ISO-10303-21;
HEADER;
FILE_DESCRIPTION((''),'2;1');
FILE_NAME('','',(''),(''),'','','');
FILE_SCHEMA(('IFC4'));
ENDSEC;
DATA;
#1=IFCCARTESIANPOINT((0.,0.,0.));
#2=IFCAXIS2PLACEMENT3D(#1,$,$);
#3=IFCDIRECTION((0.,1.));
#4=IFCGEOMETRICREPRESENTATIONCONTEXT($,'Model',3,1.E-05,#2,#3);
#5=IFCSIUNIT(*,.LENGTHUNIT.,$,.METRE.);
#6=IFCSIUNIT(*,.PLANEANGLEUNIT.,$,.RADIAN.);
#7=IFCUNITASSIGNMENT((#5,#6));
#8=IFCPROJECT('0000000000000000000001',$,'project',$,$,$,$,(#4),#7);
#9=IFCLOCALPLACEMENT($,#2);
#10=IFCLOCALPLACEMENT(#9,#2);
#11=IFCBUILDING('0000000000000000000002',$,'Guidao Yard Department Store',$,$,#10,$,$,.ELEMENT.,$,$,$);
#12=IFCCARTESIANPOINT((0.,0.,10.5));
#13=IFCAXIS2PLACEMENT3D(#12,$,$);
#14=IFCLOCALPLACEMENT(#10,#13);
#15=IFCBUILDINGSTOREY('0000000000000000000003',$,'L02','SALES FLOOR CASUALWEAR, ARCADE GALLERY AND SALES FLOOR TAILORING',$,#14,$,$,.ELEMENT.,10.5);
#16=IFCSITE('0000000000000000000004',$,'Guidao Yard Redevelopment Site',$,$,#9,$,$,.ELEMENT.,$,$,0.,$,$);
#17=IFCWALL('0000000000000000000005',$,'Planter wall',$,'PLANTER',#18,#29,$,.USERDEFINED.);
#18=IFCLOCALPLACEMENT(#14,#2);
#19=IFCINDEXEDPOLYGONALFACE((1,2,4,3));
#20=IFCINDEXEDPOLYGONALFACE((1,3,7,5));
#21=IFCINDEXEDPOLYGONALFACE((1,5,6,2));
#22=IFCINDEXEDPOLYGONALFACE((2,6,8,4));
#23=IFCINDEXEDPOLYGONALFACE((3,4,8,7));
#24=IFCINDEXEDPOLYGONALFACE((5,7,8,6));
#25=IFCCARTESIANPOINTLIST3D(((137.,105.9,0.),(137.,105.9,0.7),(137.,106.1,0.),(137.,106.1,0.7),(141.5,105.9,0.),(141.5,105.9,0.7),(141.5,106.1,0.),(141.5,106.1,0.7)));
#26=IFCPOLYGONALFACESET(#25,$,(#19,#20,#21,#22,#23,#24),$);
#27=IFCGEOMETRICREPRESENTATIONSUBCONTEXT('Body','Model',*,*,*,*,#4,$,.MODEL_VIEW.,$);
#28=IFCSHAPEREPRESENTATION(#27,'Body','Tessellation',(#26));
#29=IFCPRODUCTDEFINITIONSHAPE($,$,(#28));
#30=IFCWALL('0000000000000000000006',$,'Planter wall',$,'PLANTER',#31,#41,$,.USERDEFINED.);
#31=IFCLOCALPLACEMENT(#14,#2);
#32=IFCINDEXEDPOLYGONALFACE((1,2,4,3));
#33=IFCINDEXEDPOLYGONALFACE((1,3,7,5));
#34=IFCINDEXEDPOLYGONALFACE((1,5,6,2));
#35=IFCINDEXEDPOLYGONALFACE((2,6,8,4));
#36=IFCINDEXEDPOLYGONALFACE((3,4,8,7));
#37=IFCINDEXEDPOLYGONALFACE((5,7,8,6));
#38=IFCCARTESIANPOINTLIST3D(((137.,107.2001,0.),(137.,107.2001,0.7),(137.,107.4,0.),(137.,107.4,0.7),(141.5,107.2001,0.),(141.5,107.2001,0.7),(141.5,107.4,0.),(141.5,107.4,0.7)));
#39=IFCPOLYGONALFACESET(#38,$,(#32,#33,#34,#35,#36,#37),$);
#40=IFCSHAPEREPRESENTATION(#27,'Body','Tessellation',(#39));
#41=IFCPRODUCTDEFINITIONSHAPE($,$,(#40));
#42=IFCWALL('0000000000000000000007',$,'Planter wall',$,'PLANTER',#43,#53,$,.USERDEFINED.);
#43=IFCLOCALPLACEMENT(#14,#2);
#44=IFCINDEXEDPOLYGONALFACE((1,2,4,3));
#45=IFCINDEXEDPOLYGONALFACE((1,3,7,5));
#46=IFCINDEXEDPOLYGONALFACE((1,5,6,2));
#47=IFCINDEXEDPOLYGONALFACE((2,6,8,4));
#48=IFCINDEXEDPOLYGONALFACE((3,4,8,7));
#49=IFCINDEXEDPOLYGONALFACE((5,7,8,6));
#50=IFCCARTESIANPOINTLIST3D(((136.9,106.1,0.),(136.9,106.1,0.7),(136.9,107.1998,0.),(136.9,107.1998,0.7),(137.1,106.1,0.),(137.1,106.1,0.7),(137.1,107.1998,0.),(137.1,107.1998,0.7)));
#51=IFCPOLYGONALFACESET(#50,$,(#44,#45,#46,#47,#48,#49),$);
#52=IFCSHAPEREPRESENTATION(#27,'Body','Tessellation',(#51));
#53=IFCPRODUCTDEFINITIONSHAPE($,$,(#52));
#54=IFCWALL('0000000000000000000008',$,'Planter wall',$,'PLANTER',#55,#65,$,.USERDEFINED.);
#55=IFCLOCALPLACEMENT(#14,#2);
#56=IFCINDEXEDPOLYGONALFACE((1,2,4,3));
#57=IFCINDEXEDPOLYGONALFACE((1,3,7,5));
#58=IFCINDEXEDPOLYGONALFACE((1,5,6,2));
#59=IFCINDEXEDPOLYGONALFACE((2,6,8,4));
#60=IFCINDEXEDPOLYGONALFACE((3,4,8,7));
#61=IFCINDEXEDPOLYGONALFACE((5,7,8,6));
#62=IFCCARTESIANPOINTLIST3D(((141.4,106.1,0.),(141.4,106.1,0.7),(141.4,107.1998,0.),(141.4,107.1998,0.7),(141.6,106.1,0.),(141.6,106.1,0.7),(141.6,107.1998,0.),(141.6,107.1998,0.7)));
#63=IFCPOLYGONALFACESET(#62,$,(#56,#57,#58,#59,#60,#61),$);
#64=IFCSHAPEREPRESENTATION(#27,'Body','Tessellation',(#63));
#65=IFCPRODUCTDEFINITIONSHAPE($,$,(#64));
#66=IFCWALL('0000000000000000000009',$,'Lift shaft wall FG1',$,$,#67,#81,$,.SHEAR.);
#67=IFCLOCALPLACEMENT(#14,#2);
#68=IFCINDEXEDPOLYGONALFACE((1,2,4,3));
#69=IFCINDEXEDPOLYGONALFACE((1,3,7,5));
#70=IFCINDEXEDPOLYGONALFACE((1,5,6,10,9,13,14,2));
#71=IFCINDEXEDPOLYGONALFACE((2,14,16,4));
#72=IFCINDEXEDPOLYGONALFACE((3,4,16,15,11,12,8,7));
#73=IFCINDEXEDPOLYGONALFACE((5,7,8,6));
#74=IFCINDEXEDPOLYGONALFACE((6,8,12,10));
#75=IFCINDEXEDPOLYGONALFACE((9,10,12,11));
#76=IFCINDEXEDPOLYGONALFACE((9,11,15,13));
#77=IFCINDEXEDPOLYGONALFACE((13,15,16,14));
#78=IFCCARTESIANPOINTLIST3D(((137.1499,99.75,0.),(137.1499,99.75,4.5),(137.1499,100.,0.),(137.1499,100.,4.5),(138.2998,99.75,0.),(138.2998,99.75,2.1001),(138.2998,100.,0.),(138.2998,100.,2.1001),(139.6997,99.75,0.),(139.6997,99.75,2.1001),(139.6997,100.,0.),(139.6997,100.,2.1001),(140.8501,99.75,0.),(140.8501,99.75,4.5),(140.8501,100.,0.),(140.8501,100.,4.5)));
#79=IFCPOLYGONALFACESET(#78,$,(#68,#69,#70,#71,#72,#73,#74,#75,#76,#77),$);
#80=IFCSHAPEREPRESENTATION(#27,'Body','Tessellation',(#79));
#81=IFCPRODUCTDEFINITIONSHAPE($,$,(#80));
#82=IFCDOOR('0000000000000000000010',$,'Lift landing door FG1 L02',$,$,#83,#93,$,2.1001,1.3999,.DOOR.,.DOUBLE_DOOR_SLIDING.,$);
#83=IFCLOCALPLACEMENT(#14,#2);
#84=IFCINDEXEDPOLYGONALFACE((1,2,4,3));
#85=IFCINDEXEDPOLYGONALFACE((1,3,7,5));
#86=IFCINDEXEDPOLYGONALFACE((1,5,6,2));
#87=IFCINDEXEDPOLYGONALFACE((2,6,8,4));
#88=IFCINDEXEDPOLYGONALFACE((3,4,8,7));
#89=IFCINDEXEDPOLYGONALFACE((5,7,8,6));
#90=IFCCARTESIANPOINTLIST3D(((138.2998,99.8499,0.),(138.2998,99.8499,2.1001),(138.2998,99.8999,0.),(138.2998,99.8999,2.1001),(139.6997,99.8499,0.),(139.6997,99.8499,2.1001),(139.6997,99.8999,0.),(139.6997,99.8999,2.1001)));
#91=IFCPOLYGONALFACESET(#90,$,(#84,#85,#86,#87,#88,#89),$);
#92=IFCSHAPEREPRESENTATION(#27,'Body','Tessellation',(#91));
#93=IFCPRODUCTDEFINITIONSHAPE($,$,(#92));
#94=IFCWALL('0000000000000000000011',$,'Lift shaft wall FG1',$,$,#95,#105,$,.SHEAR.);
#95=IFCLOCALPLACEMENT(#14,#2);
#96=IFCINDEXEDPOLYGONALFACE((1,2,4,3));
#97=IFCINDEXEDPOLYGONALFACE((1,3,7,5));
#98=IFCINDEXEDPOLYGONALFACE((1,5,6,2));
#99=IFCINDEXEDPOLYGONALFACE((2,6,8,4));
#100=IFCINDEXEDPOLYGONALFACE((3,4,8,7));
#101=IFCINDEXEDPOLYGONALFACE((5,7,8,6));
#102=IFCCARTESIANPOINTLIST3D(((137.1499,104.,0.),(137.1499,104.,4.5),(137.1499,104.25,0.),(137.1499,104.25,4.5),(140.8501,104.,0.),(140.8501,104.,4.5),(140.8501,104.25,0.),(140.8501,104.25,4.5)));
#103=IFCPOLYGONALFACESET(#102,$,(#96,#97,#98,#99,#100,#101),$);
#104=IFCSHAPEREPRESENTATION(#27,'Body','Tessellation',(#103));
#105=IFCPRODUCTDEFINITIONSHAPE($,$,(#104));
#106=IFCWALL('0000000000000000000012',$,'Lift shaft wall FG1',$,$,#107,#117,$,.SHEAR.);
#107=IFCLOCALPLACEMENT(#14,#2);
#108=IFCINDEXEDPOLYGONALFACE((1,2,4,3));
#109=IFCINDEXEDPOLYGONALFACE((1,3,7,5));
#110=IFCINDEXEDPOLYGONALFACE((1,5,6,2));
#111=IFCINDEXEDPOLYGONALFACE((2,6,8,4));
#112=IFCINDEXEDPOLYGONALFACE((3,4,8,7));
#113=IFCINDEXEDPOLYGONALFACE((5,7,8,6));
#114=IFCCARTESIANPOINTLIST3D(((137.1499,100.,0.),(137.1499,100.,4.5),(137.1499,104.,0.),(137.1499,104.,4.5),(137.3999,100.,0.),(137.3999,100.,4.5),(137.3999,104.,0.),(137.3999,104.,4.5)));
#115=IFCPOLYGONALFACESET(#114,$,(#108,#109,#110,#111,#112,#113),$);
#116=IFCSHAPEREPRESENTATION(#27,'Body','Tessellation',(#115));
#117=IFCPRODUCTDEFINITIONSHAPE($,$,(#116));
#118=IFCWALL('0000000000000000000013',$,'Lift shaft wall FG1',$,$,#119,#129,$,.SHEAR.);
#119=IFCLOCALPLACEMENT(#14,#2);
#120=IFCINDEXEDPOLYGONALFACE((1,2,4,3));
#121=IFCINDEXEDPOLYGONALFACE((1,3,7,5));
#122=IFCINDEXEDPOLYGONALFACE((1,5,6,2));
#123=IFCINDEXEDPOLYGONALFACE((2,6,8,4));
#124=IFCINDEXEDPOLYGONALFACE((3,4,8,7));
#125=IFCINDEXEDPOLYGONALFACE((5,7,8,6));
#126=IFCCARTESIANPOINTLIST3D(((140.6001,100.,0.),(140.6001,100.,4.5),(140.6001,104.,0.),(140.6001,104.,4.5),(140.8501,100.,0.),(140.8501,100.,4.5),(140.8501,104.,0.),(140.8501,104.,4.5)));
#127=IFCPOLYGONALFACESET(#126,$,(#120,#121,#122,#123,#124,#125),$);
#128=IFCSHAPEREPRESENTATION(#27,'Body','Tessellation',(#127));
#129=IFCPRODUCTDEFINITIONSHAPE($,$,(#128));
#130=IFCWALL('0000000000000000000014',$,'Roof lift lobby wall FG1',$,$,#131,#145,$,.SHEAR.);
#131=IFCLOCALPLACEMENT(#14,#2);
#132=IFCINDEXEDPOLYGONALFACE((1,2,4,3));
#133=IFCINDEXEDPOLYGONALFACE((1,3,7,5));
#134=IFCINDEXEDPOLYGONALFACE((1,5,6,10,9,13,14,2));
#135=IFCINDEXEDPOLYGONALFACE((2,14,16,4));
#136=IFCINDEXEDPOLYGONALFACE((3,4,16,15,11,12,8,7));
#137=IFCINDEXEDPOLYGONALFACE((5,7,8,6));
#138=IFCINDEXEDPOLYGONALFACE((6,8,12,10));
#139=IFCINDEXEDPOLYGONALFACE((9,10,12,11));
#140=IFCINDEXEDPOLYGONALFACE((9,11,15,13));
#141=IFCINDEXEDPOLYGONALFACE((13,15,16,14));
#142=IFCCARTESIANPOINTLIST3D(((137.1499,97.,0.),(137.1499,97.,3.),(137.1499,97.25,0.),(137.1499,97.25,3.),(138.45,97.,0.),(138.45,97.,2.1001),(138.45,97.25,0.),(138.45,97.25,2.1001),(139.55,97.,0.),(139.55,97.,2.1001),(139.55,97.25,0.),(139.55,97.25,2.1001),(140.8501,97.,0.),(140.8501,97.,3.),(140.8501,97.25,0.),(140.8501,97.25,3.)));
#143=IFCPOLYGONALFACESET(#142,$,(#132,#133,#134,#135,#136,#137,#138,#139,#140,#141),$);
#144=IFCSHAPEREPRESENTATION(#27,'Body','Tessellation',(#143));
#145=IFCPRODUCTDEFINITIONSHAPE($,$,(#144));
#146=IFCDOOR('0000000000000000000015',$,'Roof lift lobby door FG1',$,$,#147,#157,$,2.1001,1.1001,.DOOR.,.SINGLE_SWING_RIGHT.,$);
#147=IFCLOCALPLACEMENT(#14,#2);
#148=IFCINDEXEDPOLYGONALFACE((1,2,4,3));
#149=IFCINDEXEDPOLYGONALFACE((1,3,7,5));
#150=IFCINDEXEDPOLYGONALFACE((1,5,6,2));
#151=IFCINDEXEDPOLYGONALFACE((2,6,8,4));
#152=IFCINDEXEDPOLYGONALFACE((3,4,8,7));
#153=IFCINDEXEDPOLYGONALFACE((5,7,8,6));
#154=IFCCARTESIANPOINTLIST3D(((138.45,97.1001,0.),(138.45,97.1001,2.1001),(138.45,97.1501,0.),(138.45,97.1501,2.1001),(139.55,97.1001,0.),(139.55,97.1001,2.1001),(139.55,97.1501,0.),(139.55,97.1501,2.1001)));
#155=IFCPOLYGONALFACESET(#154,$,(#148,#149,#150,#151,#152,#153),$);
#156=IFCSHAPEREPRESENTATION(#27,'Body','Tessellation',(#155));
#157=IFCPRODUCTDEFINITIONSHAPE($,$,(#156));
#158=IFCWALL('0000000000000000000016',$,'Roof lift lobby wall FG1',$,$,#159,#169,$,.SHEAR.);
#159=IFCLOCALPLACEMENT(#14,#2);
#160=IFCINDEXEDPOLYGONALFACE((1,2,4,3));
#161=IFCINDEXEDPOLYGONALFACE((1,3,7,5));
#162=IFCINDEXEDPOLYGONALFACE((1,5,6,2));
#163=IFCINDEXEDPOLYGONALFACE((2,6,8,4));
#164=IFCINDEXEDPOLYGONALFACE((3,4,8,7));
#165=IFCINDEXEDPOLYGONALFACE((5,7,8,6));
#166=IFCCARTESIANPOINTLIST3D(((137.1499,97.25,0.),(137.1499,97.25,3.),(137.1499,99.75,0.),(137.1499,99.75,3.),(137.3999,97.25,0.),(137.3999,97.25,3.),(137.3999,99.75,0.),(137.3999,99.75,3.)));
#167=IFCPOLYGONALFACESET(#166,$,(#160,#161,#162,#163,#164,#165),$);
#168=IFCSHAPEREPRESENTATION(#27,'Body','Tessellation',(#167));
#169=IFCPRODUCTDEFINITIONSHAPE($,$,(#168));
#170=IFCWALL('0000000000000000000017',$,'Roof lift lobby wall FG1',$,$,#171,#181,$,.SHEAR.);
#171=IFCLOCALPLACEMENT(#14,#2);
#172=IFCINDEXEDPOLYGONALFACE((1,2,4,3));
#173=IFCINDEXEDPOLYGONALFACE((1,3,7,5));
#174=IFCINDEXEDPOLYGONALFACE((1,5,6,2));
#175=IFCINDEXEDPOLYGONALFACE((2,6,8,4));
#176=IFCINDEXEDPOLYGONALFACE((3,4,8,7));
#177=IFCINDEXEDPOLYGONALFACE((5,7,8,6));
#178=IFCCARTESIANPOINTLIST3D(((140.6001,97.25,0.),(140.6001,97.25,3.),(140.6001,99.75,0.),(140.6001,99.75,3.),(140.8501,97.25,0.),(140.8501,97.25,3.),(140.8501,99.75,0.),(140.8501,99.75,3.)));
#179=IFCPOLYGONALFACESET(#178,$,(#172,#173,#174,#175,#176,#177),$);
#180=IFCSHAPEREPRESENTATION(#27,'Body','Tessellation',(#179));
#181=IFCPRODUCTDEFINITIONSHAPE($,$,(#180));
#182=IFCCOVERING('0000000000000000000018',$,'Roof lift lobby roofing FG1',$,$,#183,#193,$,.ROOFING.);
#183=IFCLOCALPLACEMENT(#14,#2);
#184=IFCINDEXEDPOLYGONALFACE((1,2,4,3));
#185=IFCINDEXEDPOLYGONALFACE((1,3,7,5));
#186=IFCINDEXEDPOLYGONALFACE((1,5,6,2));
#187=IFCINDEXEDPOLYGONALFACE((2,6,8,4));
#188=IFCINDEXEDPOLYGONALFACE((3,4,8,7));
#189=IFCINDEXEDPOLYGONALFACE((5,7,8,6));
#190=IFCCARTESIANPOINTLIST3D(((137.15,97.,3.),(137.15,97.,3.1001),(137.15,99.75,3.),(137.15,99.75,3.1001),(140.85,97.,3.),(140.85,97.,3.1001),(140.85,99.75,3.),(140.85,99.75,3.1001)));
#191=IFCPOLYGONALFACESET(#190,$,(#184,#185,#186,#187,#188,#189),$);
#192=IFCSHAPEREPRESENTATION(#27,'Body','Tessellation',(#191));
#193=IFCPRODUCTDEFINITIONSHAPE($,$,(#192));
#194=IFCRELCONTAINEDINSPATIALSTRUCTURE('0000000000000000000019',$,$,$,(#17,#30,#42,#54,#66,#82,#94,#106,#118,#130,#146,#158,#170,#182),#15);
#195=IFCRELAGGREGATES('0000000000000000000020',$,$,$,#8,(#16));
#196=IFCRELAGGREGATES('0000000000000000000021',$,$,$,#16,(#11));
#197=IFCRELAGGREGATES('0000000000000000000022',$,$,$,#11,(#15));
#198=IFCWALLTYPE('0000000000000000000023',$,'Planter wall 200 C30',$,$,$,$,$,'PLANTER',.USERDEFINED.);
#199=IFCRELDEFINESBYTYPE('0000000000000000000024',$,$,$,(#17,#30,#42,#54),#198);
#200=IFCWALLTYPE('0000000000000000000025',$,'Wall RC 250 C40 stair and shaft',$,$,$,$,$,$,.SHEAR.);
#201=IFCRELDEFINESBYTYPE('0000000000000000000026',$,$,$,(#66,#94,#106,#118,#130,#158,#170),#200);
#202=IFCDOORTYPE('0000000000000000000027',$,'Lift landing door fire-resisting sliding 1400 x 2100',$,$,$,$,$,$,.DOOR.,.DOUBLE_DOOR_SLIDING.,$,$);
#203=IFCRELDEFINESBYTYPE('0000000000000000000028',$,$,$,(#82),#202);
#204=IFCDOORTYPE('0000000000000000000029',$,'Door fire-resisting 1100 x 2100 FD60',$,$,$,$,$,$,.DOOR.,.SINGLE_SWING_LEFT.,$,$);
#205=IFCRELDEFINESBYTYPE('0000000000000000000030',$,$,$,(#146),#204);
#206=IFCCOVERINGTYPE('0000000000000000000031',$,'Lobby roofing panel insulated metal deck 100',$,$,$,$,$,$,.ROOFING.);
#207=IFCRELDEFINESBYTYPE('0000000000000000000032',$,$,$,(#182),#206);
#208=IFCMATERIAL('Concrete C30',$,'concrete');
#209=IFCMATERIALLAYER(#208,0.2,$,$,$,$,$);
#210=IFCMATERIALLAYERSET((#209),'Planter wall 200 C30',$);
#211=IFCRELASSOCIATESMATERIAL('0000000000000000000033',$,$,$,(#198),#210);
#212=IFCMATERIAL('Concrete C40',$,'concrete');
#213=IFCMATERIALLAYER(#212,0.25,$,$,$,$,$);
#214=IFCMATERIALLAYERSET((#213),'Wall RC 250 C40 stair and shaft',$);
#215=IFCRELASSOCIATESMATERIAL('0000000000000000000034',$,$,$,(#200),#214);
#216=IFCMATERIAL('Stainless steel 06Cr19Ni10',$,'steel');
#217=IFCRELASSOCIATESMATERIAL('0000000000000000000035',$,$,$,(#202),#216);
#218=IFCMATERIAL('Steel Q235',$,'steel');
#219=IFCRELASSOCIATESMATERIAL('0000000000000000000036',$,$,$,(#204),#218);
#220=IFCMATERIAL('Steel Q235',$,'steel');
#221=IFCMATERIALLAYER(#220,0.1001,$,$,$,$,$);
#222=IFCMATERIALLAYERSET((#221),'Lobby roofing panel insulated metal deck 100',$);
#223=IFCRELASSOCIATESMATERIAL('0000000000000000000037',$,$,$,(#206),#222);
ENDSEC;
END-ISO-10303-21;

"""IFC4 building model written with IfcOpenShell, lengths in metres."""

from ifc_helpers import new_model, si_unit, direction, frame, frame_2d, origin, origin_2d, place, context, subcontext, project, spatial, rectangle, extrude, material, layer, layer_set, type_object, element, fill, save


model = new_model("IFC4")

# Units and contexts
model_context = context("Model", 3, precision=1e-05, world=origin(), true_north=direction((0.0, 1.0)))
body_context = subcontext(model_context, "Body", "Model", "MODEL_VIEW")
ifc_project = project(units=[si_unit("LENGTHUNIT", "METRE"), si_unit("PLANEANGLEUNIT", "RADIAN")], contexts=[model_context])

# Site, building, storey
site_placement = place(None, origin())
site = spatial("IfcSite", under=ifc_project, at=site_placement, Name="Guidao Yard Redevelopment Site", CompositionType="ELEMENT", RefElevation=0.0)
building_placement = place(site_placement, origin())
building = spatial("IfcBuilding", under=site, at=building_placement, Name="Guidao Yard Department Store", CompositionType="ELEMENT")
storey_placement = place(building_placement, frame((0.0, 0.0, 10.5)))
storey = spatial("IfcBuildingStorey", under=building, at=storey_placement, Name="L02", Description="SALES FLOOR CASUALWEAR, ARCADE GALLERY AND SALES FLOOR TAILORING", CompositionType="ELEMENT", Elevation=10.5)

# Walls
ifc_material_1 = material(Name="Concrete C30", Category="concrete")
ifc_layer_1 = layer(ifc_material_1, 0.2)
ifc_layer_set_1 = layer_set([ifc_layer_1], Name="Planter wall 200 C30")
wall_type_1 = type_object("IfcWallType", Name="Planter wall 200 C30", ElementType="PLANTER", PredefinedType="USERDEFINED", material=ifc_layer_set_1)
for number, where, z_axis, x_axis, name in (
    (1, (137.0, 106.0, 0.0), (0.0, 0.0, 1.0), (1.0, 0.0, 0.0), "Planter wall"),
    (2, (137.0, 107.3, 0.0), (0.0, 0.0, 1.0), (1.0, 0.0, 0.0), "Planter wall"),
):
    element("IfcWall", number, at=place(storey_placement, frame(where, z_axis=z_axis, x_axis=x_axis)), inside=storey, type_object=wall_type_1, Name=name, ObjectType="PLANTER", PredefinedType="USERDEFINED", context=body_context, shape_type="SweptSolid", body=[
        extrude(rectangle(XDim=4.5, YDim=0.2, at=frame_2d((2.25, 0.0))), origin(), (0.0, 0.0, 1.0), 0.7),
    ])
for number, where, z_axis, x_axis, name in (
    (3, (137.0, 106.1001, 0.0), (0.0, 0.0, 1.0), (0.0, 1.0, 0.0), "Planter wall"),
    (4, (141.5, 106.1001, 0.0), (0.0, 0.0, 1.0), (0.0, 1.0, 0.0), "Planter wall"),
):
    element("IfcWall", number, at=place(storey_placement, frame(where, z_axis=z_axis, x_axis=x_axis)), inside=storey, type_object=wall_type_1, Name=name, ObjectType="PLANTER", PredefinedType="USERDEFINED", context=body_context, shape_type="SweptSolid", body=[
        extrude(rectangle(XDim=1.0999, YDim=0.2, at=frame_2d((0.5498, 0.0))), origin(), (0.0, 0.0, 1.0), 0.7),
    ])

# Wall, opening, door
ifc_material_2 = material(Name="Concrete C40", Category="concrete")
ifc_layer_2 = layer(ifc_material_2, 0.25)
ifc_layer_set_2 = layer_set([ifc_layer_2], Name="Wall RC 250 C40 stair and shaft")
wall_type_2 = type_object("IfcWallType", Name="Wall RC 250 C40 stair and shaft", PredefinedType="SHEAR", material=ifc_layer_set_2)
wall_1_placement = place(storey_placement, frame((137.1499, 99.875, 0.0), z_axis=(0.0, 0.0, 1.0), x_axis=(1.0, 0.0, 0.0)))
wall_1 = element("IfcWall", 5, at=wall_1_placement, inside=storey, type_object=wall_type_2, Name="Lift shaft wall FG1", PredefinedType="SHEAR", context=body_context, shape_type="SweptSolid", body=[
    extrude(rectangle(XDim=3.7002, YDim=0.25, at=frame_2d((1.8501, 0.0))), origin(), (0.0, 0.0, 1.0), 4.5),
])
opening_1_placement = place(wall_1_placement, frame((1.1499, 0.0, 0.0)))
opening_1 = element("IfcOpeningElement", 6, at=opening_1_placement, cuts=wall_1, PredefinedType="OPENING", context=body_context, shape_type="SweptSolid", body=[
    extrude(rectangle(XDim=1.3999, YDim=2.1001, at=frame_2d((0.7, 1.05))), frame((0.0, 0.135, 0.0), z_axis=(0.0, -1.0, 0.0), x_axis=(1.0, 0.0, 0.0)), (0.0, 0.0, 1.0), 0.27),
])
ifc_material_3 = material(Name="Stainless steel 06Cr19Ni10", Category="steel")
door_type_1 = type_object("IfcDoorType", Name="Lift landing door fire-resisting sliding 1400 x 2100", OperationType="DOUBLE_DOOR_SLIDING", PredefinedType="DOOR", material=ifc_material_3)
door_1_placement = place(opening_1_placement, origin())
door_1 = element("IfcDoor", 7, at=door_1_placement, inside=storey, type_object=door_type_1, Name="Lift landing door FG1 L02", OperationType="DOUBLE_DOOR_SLIDING", OverallHeight=2.1001, OverallWidth=1.3999, PredefinedType="DOOR", context=body_context, shape_type="SweptSolid", body=[
    extrude(rectangle(XDim=1.3999, YDim=2.1001, at=frame_2d((0.7, 1.05))), frame((0.0, 0.0249, 0.0), z_axis=(0.0, -1.0, 0.0), x_axis=(1.0, 0.0, 0.0)), (0.0, 0.0, 1.0), 0.05),
])
fill(opening_1, door_1)

# Walls
wall_2_placement = place(storey_placement, frame((137.1499, 104.125, 0.0), z_axis=(0.0, 0.0, 1.0), x_axis=(1.0, 0.0, 0.0)))
element("IfcWall", 8, at=wall_2_placement, inside=storey, type_object=wall_type_2, Name="Lift shaft wall FG1", PredefinedType="SHEAR", context=body_context, shape_type="SweptSolid", body=[
    extrude(rectangle(XDim=3.7002, YDim=0.25, at=frame_2d((1.8501, 0.0))), origin(), (0.0, 0.0, 1.0), 4.5),
])
for number, where, z_axis, x_axis, name in (
    (9, (137.2749, 100.0, 0.0), (0.0, 0.0, 1.0), (0.0, 1.0, 0.0), "Lift shaft wall FG1"),
    (10, (140.7251, 100.0, 0.0), (0.0, 0.0, 1.0), (0.0, 1.0, 0.0), "Lift shaft wall FG1"),
):
    element("IfcWall", number, at=place(storey_placement, frame(where, z_axis=z_axis, x_axis=x_axis)), inside=storey, type_object=wall_type_2, Name=name, PredefinedType="SHEAR", context=body_context, shape_type="SweptSolid", body=[
        extrude(rectangle(XDim=4.0, YDim=0.25, at=frame_2d((2.0, 0.0))), origin(), (0.0, 0.0, 1.0), 4.5),
    ])

# Wall, opening, door
wall_3_placement = place(storey_placement, frame((137.1499, 97.125, 0.0), z_axis=(0.0, 0.0, 1.0), x_axis=(1.0, 0.0, 0.0)))
wall_3 = element("IfcWall", 11, at=wall_3_placement, inside=storey, type_object=wall_type_2, Name="Roof lift lobby wall FG1", PredefinedType="SHEAR", context=body_context, shape_type="SweptSolid", body=[
    extrude(rectangle(XDim=3.7002, YDim=0.25, at=frame_2d((1.8501, 0.0))), origin(), (0.0, 0.0, 1.0), 3.0),
])
opening_2_placement = place(wall_3_placement, frame((2.4001, 0.0, 0.0), z_axis=(0.0, 0.0, 1.0), x_axis=(-1.0, 0.0, 0.0)))
opening_2 = element("IfcOpeningElement", 12, at=opening_2_placement, cuts=wall_3, PredefinedType="OPENING", context=body_context, shape_type="SweptSolid", body=[
    extrude(rectangle(XDim=1.1001, YDim=2.1001, at=frame_2d((0.55, 1.05))), frame((0.0, 0.135, 0.0), z_axis=(0.0, -1.0, 0.0), x_axis=(1.0, 0.0, 0.0)), (0.0, 0.0, 1.0), 0.27),
])
ifc_material_4 = material(Name="Steel Q235", Category="steel")
door_type_2 = type_object("IfcDoorType", Name="Door fire-resisting 1100 x 2100 FD60", OperationType="SINGLE_SWING_LEFT", PredefinedType="DOOR", material=ifc_material_4)
door_2_placement = place(opening_2_placement, origin())
door_2 = element("IfcDoor", 13, at=door_2_placement, inside=storey, type_object=door_type_2, Name="Roof lift lobby door FG1", OperationType="SINGLE_SWING_RIGHT", OverallHeight=2.1001, OverallWidth=1.1001, PredefinedType="DOOR", context=body_context, shape_type="SweptSolid", body=[
    extrude(rectangle(XDim=1.1001, YDim=2.1001, at=frame_2d((0.55, 1.05))), frame((0.0, 0.0249, 0.0), z_axis=(0.0, -1.0, 0.0), x_axis=(1.0, 0.0, 0.0)), (0.0, 0.0, 1.0), 0.05),
])
fill(opening_2, door_2)

# Walls
for number, where, z_axis, x_axis, name in (
    (14, (137.2749, 97.25, 0.0), (0.0, 0.0, 1.0), (0.0, 1.0, 0.0), "Roof lift lobby wall FG1"),
    (15, (140.7251, 97.25, 0.0), (0.0, 0.0, 1.0), (0.0, 1.0, 0.0), "Roof lift lobby wall FG1"),
):
    element("IfcWall", number, at=place(storey_placement, frame(where, z_axis=z_axis, x_axis=x_axis)), inside=storey, type_object=wall_type_2, Name=name, PredefinedType="SHEAR", context=body_context, shape_type="SweptSolid", body=[
        extrude(rectangle(XDim=2.5, YDim=0.25, at=frame_2d((1.25, 0.0))), origin(), (0.0, 0.0, 1.0), 3.0),
    ])

# Covering
ifc_material_5 = material(Name="Steel Q235", Category="steel")
ifc_layer_3 = layer(ifc_material_5, 0.1001)
ifc_layer_set_3 = layer_set([ifc_layer_3], Name="Lobby roofing panel insulated metal deck 100")
covering_type = type_object("IfcCoveringType", Name="Lobby roofing panel insulated metal deck 100", PredefinedType="ROOFING", material=ifc_layer_set_3)
covering_placement = place(storey_placement, frame((139.0, 98.375, 3.0), z_axis=(0.0, 0.0, 1.0), x_axis=(1.0, 0.0, 0.0)))
element("IfcCovering", 16, at=covering_placement, inside=storey, type_object=covering_type, Name="Roof lift lobby roofing FG1", PredefinedType="ROOFING", context=body_context, shape_type="SweptSolid", body=[
    extrude(rectangle(XDim=3.7, YDim=2.75, at=origin_2d()), origin(), (0.0, 0.0, 1.0), 0.1001),
])

save(model, "model.ifc")
